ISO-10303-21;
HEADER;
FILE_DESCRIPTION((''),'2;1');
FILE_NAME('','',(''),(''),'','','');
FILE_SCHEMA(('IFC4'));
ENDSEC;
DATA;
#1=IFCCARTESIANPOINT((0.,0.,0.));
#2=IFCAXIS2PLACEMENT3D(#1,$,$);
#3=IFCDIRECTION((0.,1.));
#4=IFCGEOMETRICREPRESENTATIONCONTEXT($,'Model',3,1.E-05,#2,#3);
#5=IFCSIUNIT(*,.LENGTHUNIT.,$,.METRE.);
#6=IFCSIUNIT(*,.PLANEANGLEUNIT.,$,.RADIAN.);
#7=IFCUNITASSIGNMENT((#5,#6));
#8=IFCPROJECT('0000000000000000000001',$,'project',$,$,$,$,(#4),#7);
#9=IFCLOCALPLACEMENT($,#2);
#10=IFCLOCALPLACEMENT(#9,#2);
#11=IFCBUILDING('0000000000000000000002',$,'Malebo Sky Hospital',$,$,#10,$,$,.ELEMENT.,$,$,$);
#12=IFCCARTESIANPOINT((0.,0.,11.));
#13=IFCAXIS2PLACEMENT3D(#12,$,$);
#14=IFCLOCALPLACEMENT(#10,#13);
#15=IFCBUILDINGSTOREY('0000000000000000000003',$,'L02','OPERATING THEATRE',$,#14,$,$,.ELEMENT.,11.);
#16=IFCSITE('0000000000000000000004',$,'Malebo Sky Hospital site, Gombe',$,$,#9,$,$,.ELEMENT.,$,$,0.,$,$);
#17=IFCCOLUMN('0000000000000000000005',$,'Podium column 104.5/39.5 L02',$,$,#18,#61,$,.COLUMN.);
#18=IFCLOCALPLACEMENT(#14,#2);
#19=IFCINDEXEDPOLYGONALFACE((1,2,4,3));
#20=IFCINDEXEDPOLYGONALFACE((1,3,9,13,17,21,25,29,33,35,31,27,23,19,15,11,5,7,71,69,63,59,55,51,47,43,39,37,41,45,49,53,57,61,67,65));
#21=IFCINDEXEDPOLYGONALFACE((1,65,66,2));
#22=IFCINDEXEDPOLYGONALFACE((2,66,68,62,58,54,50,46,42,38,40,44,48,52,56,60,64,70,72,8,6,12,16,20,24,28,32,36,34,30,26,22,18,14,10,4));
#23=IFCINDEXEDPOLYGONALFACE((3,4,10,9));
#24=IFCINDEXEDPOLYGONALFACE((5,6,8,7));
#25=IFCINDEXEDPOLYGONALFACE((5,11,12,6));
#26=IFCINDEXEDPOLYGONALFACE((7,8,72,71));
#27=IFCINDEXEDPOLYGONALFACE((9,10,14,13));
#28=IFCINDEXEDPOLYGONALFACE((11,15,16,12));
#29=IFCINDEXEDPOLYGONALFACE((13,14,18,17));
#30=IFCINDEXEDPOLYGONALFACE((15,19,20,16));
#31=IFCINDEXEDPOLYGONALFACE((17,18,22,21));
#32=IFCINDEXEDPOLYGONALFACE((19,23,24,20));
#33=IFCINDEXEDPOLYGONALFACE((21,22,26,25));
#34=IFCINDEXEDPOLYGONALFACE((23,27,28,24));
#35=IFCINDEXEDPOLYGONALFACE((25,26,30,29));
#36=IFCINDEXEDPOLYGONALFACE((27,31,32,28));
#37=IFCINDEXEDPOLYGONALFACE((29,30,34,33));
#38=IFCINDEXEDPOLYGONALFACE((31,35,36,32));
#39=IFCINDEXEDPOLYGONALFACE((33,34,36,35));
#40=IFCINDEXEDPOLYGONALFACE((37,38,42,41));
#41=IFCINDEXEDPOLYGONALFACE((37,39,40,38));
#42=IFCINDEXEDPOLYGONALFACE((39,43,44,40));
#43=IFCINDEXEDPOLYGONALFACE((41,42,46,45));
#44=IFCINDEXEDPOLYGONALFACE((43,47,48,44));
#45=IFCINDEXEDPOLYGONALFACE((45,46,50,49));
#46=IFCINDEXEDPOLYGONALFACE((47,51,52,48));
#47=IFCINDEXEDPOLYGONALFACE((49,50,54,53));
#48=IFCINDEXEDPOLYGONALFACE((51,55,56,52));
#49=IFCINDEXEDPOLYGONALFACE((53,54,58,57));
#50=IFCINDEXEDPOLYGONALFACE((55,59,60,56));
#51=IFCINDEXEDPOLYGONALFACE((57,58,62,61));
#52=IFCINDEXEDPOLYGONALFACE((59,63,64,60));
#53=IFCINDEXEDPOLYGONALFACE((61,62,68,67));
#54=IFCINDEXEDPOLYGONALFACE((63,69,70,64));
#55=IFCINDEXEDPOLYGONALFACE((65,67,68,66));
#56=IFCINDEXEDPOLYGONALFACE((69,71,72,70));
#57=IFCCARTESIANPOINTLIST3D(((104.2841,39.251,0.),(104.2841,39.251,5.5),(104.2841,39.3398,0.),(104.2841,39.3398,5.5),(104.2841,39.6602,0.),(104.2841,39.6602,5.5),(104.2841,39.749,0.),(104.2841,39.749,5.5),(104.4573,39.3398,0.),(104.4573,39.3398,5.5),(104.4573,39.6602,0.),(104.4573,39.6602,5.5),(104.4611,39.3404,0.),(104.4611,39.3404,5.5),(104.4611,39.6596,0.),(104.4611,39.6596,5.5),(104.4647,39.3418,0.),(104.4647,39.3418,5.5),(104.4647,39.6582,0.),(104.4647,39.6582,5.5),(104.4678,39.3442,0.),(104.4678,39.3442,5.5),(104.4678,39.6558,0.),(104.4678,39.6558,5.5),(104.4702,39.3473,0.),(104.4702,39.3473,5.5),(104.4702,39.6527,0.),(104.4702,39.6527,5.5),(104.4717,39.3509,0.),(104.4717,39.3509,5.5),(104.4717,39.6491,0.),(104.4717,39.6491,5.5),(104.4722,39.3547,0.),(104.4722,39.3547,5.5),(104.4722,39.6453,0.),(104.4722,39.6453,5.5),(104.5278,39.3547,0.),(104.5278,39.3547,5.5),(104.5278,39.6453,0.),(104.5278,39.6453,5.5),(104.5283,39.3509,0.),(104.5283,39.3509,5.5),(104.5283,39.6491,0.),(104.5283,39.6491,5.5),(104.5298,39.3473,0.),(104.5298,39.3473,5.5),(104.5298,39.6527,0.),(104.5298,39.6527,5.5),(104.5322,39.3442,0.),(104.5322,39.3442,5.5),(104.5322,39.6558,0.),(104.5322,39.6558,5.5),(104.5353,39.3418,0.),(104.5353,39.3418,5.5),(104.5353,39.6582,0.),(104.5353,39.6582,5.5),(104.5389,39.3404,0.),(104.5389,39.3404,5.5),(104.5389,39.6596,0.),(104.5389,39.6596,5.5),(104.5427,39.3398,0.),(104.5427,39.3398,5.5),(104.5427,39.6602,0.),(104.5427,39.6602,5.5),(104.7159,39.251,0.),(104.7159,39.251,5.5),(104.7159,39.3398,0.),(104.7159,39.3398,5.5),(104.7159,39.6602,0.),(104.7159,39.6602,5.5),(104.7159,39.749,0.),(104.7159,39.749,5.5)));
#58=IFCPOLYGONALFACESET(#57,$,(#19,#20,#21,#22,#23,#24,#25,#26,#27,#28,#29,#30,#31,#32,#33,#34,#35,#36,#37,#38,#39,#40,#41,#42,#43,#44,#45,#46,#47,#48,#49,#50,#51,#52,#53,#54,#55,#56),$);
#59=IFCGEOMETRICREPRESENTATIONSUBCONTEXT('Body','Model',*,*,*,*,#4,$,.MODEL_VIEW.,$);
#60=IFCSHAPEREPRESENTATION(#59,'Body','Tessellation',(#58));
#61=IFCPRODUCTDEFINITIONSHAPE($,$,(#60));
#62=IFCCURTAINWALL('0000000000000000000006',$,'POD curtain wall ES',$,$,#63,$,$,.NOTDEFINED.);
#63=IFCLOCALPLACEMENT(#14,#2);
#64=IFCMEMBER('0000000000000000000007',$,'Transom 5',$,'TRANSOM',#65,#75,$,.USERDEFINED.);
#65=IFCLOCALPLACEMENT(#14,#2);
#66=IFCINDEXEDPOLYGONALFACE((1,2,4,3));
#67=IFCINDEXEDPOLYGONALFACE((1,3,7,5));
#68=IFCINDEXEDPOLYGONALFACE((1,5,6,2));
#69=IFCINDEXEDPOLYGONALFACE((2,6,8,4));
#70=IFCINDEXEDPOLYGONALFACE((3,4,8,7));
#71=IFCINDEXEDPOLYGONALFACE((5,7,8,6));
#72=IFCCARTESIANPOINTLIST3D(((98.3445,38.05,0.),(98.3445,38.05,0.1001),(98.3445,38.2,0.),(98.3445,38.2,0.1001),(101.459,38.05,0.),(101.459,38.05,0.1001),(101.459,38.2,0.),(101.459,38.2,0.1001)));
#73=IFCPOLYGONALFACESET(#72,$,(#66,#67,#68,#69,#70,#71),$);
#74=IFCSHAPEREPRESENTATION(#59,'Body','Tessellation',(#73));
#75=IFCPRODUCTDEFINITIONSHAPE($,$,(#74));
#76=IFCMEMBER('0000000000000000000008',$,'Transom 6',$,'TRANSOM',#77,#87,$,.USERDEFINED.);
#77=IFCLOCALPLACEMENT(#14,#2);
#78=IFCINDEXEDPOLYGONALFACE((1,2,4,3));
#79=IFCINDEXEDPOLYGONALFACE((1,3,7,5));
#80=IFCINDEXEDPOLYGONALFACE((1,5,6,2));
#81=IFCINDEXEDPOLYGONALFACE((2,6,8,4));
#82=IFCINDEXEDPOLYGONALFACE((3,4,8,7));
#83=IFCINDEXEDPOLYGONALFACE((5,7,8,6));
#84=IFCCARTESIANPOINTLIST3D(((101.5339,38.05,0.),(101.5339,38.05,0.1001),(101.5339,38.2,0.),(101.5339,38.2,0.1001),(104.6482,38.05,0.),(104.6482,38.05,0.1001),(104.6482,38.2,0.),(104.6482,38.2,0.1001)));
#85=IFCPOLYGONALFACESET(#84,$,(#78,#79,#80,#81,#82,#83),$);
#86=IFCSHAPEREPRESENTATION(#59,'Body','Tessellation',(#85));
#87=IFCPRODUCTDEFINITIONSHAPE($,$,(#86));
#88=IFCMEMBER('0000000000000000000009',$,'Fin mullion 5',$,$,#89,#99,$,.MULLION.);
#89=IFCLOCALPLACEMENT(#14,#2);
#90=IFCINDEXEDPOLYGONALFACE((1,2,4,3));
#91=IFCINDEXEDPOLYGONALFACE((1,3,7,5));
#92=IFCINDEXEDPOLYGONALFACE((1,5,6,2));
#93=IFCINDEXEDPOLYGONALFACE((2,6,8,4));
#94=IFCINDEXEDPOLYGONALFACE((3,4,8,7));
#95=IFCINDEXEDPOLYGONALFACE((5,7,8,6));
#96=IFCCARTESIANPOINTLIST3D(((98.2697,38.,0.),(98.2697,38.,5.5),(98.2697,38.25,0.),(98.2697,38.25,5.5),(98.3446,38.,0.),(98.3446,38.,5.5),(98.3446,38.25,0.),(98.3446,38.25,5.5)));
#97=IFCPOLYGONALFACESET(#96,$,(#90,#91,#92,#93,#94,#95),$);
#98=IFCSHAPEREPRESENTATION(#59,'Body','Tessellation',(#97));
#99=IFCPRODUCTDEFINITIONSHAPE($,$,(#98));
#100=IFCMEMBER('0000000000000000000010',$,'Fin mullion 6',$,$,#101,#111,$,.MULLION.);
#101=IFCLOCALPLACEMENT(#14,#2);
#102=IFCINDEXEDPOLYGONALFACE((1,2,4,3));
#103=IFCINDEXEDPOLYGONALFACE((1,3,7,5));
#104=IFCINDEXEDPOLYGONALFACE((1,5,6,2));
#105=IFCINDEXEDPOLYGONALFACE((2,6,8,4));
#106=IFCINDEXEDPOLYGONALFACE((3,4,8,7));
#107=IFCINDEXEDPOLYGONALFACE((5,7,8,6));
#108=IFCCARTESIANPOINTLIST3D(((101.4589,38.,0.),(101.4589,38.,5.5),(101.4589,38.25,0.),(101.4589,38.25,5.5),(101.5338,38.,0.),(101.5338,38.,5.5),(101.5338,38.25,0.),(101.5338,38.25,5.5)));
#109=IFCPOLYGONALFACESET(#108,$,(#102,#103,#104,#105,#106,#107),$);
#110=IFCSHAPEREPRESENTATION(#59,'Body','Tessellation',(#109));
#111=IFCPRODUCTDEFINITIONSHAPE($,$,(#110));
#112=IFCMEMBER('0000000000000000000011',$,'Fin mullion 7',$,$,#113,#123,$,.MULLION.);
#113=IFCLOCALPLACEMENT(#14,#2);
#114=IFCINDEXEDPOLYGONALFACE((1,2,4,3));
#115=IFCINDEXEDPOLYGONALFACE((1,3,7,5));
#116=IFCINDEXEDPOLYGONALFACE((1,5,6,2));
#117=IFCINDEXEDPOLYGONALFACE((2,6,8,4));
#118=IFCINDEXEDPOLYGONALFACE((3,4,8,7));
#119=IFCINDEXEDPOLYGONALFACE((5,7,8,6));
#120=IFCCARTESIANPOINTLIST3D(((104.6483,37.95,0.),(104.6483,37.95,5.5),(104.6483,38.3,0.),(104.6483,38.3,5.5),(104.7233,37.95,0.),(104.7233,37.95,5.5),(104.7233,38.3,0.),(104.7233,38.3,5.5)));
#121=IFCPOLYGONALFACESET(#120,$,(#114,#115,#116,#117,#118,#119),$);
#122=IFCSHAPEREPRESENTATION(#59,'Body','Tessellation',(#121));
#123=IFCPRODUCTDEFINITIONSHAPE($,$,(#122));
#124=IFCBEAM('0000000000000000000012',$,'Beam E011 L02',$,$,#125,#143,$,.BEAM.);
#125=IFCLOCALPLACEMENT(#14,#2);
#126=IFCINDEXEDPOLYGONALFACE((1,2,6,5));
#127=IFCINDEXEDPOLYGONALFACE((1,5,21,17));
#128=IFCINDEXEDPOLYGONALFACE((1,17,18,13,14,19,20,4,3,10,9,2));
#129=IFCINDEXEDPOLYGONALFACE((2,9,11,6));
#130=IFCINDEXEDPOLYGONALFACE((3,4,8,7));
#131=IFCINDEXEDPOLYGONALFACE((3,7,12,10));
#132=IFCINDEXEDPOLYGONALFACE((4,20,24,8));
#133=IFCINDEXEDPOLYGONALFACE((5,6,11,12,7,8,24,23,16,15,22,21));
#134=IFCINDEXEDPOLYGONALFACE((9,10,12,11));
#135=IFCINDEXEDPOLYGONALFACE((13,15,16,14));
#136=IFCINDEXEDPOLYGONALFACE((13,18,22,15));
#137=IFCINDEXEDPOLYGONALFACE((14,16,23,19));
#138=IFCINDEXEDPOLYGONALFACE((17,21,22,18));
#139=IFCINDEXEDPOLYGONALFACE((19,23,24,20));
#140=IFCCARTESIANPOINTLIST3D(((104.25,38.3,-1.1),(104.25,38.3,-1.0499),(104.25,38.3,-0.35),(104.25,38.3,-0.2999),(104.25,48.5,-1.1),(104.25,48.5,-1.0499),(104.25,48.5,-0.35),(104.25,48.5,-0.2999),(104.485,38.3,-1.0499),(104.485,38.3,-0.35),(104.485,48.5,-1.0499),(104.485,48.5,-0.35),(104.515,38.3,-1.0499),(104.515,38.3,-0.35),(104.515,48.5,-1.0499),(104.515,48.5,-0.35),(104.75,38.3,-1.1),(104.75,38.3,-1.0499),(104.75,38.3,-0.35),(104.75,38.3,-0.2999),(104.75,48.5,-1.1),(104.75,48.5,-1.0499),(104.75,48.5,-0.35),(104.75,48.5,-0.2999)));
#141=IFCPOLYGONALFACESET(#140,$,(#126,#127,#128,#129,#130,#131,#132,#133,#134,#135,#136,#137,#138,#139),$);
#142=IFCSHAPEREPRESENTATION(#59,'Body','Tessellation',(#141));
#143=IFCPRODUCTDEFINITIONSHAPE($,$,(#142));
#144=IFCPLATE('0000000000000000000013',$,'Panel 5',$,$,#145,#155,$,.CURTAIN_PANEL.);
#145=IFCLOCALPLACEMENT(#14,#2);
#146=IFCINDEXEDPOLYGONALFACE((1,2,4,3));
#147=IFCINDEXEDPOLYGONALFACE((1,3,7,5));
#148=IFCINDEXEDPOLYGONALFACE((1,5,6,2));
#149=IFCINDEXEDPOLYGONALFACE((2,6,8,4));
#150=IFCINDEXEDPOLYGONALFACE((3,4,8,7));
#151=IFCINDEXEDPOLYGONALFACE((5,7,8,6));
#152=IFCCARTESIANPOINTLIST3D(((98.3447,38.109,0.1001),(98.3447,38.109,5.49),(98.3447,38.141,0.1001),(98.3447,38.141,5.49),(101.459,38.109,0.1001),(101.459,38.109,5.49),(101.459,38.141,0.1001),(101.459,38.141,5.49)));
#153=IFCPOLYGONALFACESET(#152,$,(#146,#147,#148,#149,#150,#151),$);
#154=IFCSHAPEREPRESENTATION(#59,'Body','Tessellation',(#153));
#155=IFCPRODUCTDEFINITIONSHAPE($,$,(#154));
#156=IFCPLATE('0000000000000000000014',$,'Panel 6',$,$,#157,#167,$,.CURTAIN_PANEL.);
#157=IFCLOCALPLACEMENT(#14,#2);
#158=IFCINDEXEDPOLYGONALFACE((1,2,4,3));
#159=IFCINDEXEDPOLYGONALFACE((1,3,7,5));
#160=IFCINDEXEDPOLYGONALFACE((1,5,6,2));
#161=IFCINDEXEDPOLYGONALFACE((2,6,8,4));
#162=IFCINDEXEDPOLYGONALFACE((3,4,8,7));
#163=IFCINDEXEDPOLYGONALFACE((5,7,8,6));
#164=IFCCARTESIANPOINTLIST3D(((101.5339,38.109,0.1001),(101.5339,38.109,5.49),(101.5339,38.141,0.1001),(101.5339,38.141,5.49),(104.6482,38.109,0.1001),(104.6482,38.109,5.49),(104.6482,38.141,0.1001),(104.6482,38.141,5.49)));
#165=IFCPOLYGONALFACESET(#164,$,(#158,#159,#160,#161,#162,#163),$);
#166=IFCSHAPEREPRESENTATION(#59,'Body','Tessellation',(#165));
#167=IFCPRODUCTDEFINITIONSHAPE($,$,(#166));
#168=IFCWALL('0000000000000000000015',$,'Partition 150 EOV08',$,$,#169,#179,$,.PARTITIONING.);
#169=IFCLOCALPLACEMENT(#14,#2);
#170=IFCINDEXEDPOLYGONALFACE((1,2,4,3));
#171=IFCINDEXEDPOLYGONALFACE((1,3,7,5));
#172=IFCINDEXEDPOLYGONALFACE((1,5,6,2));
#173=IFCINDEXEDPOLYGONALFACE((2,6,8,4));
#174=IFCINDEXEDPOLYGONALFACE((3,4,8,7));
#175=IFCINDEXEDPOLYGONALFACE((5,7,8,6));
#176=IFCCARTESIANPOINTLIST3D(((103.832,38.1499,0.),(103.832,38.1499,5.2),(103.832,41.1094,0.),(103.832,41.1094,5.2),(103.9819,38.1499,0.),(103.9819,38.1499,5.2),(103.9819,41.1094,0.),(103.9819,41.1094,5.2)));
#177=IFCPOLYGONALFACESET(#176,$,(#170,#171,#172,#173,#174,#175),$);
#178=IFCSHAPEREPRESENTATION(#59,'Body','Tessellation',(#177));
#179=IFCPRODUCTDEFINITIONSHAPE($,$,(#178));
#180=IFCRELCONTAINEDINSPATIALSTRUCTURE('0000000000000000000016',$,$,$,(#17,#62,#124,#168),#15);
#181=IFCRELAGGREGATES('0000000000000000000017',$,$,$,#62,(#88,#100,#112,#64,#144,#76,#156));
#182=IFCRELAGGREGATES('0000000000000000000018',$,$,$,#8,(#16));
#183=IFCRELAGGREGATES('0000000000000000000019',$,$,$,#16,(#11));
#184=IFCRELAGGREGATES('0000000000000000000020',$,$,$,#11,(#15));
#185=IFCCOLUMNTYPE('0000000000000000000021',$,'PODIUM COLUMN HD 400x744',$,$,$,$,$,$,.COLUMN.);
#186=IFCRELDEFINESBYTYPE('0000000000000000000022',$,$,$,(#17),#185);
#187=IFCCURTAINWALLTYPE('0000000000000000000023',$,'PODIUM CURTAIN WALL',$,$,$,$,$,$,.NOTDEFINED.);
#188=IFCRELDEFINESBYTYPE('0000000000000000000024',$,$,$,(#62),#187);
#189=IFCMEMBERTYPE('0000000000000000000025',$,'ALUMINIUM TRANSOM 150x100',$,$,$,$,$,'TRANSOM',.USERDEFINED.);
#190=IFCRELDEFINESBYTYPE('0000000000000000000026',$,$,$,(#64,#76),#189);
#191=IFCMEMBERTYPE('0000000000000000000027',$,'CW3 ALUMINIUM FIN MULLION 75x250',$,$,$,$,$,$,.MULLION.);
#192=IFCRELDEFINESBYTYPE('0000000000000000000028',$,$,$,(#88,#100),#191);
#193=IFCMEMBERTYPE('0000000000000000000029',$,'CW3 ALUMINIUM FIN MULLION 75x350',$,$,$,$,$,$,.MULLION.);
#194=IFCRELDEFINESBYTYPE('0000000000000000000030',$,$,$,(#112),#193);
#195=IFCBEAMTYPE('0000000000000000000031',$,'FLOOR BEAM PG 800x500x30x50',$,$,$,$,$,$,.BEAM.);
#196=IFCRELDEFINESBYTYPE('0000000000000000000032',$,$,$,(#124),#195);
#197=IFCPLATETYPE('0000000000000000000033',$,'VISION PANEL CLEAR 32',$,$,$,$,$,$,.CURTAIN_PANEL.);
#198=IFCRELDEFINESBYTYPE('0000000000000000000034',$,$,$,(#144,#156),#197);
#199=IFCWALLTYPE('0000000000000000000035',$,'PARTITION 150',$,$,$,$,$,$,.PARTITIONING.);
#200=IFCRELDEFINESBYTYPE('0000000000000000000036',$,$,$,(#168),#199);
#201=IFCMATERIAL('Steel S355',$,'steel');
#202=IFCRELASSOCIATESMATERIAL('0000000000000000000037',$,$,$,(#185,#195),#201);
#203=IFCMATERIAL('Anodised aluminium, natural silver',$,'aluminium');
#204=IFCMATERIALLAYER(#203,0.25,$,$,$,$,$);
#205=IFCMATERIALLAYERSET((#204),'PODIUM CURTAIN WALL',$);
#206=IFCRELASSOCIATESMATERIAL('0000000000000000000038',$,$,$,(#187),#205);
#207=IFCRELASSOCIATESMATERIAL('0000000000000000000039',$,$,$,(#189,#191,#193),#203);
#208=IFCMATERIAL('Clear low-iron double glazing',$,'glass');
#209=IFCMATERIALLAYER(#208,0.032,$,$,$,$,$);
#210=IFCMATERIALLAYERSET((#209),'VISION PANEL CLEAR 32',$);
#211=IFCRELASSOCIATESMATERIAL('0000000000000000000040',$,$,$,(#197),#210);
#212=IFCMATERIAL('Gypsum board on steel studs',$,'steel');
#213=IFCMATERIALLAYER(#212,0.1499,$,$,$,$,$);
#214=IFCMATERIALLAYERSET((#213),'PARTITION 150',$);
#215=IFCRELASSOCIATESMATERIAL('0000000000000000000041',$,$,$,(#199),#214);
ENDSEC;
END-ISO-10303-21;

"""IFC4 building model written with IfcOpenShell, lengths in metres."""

from ifc_helpers import new_model, si_unit, direction, frame, frame_2d, origin, origin_2d, place, context, subcontext, project, spatial, rectangle, i_section, extrude, material, layer, layer_set, material_profile, profile_set, type_object, element, aggregate, save


model = new_model("IFC4")

# Units and contexts
model_context = context("Model", 3, precision=1e-05, world=origin(), true_north=direction((0.0, 1.0)))
body_context = subcontext(model_context, "Body", "Model", "MODEL_VIEW")
ifc_project = project(units=[si_unit("LENGTHUNIT", "METRE"), si_unit("PLANEANGLEUNIT", "RADIAN")], contexts=[model_context])

# Site, building, storey
site_placement = place(None, origin())
site = spatial("IfcSite", under=ifc_project, at=site_placement, Name="Malebo Sky Hospital site, Gombe", CompositionType="ELEMENT", RefElevation=0.0)
building_placement = place(site_placement, origin())
building = spatial("IfcBuilding", under=site, at=building_placement, Name="Malebo Sky Hospital", CompositionType="ELEMENT")
storey_placement = place(building_placement, frame((0.0, 0.0, 11.0)))
storey = spatial("IfcBuildingStorey", under=building, at=storey_placement, Name="L02", Description="OPERATING THEATRE", CompositionType="ELEMENT", Elevation=11.0)

# Column
ifc_material_1 = material(Name="Steel S355", Category="steel")
ifc_material_profile_1 = material_profile(ifc_material_1, i_section(OverallWidth=0.4319, OverallDepth=0.498, WebThickness=0.0557, FlangeThickness=0.0889, FilletRadius=0.0149, at=origin_2d()), Name="HD 400x744")
ifc_profile_set_1 = profile_set([ifc_material_profile_1], Name="Steel S355")
column_type = type_object("IfcColumnType", Name="PODIUM COLUMN HD 400x744", PredefinedType="COLUMN", material=ifc_profile_set_1)
column_placement = place(storey_placement, frame((104.5, 39.5, 0.0), z_axis=(0.0, 0.0, 1.0), x_axis=(1.0, 0.0, 0.0)))
element("IfcColumn", 1, at=column_placement, inside=storey, type_object=column_type, Name="Podium column 104.5/39.5 L02", PredefinedType="COLUMN", context=body_context, shape_type="SweptSolid", body=[
    extrude(i_section(OverallWidth=0.4319, OverallDepth=0.498, WebThickness=0.0557, FlangeThickness=0.0889, FilletRadius=0.0149, at=origin_2d()), origin(), (0.0, 0.0, 1.0), 5.5),
])

# Curtain wall, members
ifc_material_2 = material(Name="Anodised aluminium, natural silver", Category="aluminium")
ifc_layer_1 = layer(ifc_material_2, 0.25)
ifc_layer_set_1 = layer_set([ifc_layer_1], Name="PODIUM CURTAIN WALL")
curtain_wall_type = type_object("IfcCurtainWallType", Name="PODIUM CURTAIN WALL", PredefinedType="NOTDEFINED", material=ifc_layer_set_1)
curtain_wall_placement = place(storey_placement, origin())
curtain_wall = element("IfcCurtainWall", 2, at=curtain_wall_placement, inside=storey, type_object=curtain_wall_type, Name="POD curtain wall ES", PredefinedType="NOTDEFINED")
ifc_material_profile_2 = material_profile(ifc_material_2, rectangle(XDim=0.1499, YDim=0.1001, at=origin_2d()), Name="ALUMINIUM TRANSOM 150x100")
ifc_profile_set_2 = profile_set([ifc_material_profile_2], Name="Anodised aluminium, natural silver")
member_type_1 = type_object("IfcMemberType", Name="ALUMINIUM TRANSOM 150x100", ElementType="TRANSOM", PredefinedType="USERDEFINED", material=ifc_profile_set_2)
member_1_placement = place(storey_placement, frame((98.3445, 38.125, 0.05), z_axis=(1.0, 0.0, 0.0), x_axis=(0.0, 1.0, 0.0)))
member_1 = element("IfcMember", 3, at=member_1_placement, type_object=member_type_1, Name="Transom 5", ObjectType="TRANSOM", PredefinedType="USERDEFINED", context=body_context, shape_type="SweptSolid", body=[
    extrude(rectangle(XDim=0.1499, YDim=0.1001, at=origin_2d()), origin(), (0.0, 0.0, 1.0), 3.1145),
])
member_2_placement = place(storey_placement, frame((101.5339, 38.125, 0.05), z_axis=(1.0, 0.0, 0.0), x_axis=(0.0, 1.0, 0.0)))
member_2 = element("IfcMember", 4, at=member_2_placement, type_object=member_type_1, Name="Transom 6", ObjectType="TRANSOM", PredefinedType="USERDEFINED", context=body_context, shape_type="SweptSolid", body=[
    extrude(rectangle(XDim=0.1499, YDim=0.1001, at=origin_2d()), origin(), (0.0, 0.0, 1.0), 3.1143),
])
ifc_material_profile_3 = material_profile(ifc_material_2, rectangle(XDim=0.075, YDim=0.25, at=origin_2d()), Name="CW3 ALUMINIUM FIN MULLION 75x250")
ifc_profile_set_3 = profile_set([ifc_material_profile_3], Name="Anodised aluminium, natural silver")
member_type_2 = type_object("IfcMemberType", Name="CW3 ALUMINIUM FIN MULLION 75x250", PredefinedType="MULLION", material=ifc_profile_set_3)
member_3_placement = place(storey_placement, frame((98.3071, 38.125, 0.0), z_axis=(0.0, 0.0, 1.0), x_axis=(1.0, 0.0, 0.0)))
member_3 = element("IfcMember", 5, at=member_3_placement, type_object=member_type_2, Name="Fin mullion 5", PredefinedType="MULLION", context=body_context, shape_type="SweptSolid", body=[
    extrude(rectangle(XDim=0.075, YDim=0.25, at=origin_2d()), origin(), (0.0, 0.0, 1.0), 5.5),
])
member_4_placement = place(storey_placement, frame((101.4963, 38.125, 0.0), z_axis=(0.0, 0.0, 1.0), x_axis=(1.0, 0.0, 0.0)))
member_4 = element("IfcMember", 6, at=member_4_placement, type_object=member_type_2, Name="Fin mullion 6", PredefinedType="MULLION", context=body_context, shape_type="SweptSolid", body=[
    extrude(rectangle(XDim=0.075, YDim=0.25, at=origin_2d()), origin(), (0.0, 0.0, 1.0), 5.5),
])
ifc_material_profile_4 = material_profile(ifc_material_2, rectangle(XDim=0.075, YDim=0.3501, at=origin_2d()), Name="CW3 ALUMINIUM FIN MULLION 75x350")
ifc_profile_set_4 = profile_set([ifc_material_profile_4], Name="Anodised aluminium, natural silver")
member_type_3 = type_object("IfcMemberType", Name="CW3 ALUMINIUM FIN MULLION 75x350", PredefinedType="MULLION", material=ifc_profile_set_4)
member_5_placement = place(storey_placement, frame((104.6858, 38.125, 0.0), z_axis=(0.0, 0.0, 1.0), x_axis=(1.0, 0.0, 0.0)))
member_5 = element("IfcMember", 7, at=member_5_placement, type_object=member_type_3, Name="Fin mullion 7", PredefinedType="MULLION", context=body_context, shape_type="SweptSolid", body=[
    extrude(rectangle(XDim=0.075, YDim=0.3501, at=origin_2d()), origin(), (0.0, 0.0, 1.0), 5.5),
])

# Beam
ifc_material_profile_5 = material_profile(ifc_material_1, i_section(OverallWidth=0.5, OverallDepth=0.8, WebThickness=0.03, FlangeThickness=0.05, at=origin_2d()), Name="PG 800x500x30x50")
ifc_profile_set_5 = profile_set([ifc_material_profile_5], Name="Steel S355")
beam_type = type_object("IfcBeamType", Name="FLOOR BEAM PG 800x500x30x50", PredefinedType="BEAM", material=ifc_profile_set_5)
beam_placement = place(storey_placement, frame((104.5, 38.3, -0.7), z_axis=(0.0, 1.0, 0.0), x_axis=(-1.0, 0.0, 0.0)))
element("IfcBeam", 8, at=beam_placement, inside=storey, type_object=beam_type, Name="Beam E011 L02", PredefinedType="BEAM", context=body_context, shape_type="SweptSolid", body=[
    extrude(i_section(OverallWidth=0.5, OverallDepth=0.8, WebThickness=0.03, FlangeThickness=0.05, at=origin_2d()), origin(), (0.0, 0.0, 1.0), 10.2),
])

# Plates
ifc_material_3 = material(Name="Clear low-iron double glazing", Category="glass")
ifc_layer_2 = layer(ifc_material_3, 0.032)
ifc_layer_set_2 = layer_set([ifc_layer_2], Name="VISION PANEL CLEAR 32")
plate_type = type_object("IfcPlateType", Name="VISION PANEL CLEAR 32", PredefinedType="CURTAIN_PANEL", material=ifc_layer_set_2)
plate_1_placement = place(storey_placement, frame((99.9019, 38.125, 0.1001), z_axis=(0.0, 0.0, 1.0), x_axis=(1.0, 0.0, 0.0)))
plate_1 = element("IfcPlate", 9, at=plate_1_placement, type_object=plate_type, Name="Panel 5", PredefinedType="CURTAIN_PANEL", context=body_context, shape_type="SweptSolid", body=[
    extrude(rectangle(XDim=3.1143, YDim=0.032, at=origin_2d()), origin(), (0.0, 0.0, 1.0), 5.3899),
])
plate_2_placement = place(storey_placement, frame((103.0911, 38.125, 0.1001), z_axis=(0.0, 0.0, 1.0), x_axis=(1.0, 0.0, 0.0)))
plate_2 = element("IfcPlate", 10, at=plate_2_placement, type_object=plate_type, Name="Panel 6", PredefinedType="CURTAIN_PANEL", context=body_context, shape_type="SweptSolid", body=[
    extrude(rectangle(XDim=3.1143, YDim=0.032, at=origin_2d()), origin(), (0.0, 0.0, 1.0), 5.3899),
])
aggregate(curtain_wall, [member_3, member_4, member_5, member_1, plate_1, member_2, plate_2])

# Shared definitions
ifc_material_4 = material(Name="Gypsum board on steel studs", Category="steel")

# Wall
ifc_layer_3 = layer(ifc_material_4, 0.1499)
ifc_layer_set_3 = layer_set([ifc_layer_3], Name="PARTITION 150")
wall_type_1 = type_object("IfcWallType", Name="PARTITION 150", PredefinedType="PARTITIONING", material=ifc_layer_set_3)
wall_1_placement = place(storey_placement, frame((103.907, 38.1499, 0.0), z_axis=(0.0, 0.0, 1.0), x_axis=(0.0, 1.0, 0.0)))
element("IfcWall", 11, at=wall_1_placement, inside=storey, type_object=wall_type_1, Name="Partition 150 EOV08", PredefinedType="PARTITIONING", context=body_context, shape_type="SweptSolid", body=[
    extrude(rectangle(XDim=2.9595, YDim=0.1499, at=frame_2d((1.4797, 0.0))), origin(), (0.0, 0.0, 1.0), 5.2),
])

save(model, "model.ifc")
